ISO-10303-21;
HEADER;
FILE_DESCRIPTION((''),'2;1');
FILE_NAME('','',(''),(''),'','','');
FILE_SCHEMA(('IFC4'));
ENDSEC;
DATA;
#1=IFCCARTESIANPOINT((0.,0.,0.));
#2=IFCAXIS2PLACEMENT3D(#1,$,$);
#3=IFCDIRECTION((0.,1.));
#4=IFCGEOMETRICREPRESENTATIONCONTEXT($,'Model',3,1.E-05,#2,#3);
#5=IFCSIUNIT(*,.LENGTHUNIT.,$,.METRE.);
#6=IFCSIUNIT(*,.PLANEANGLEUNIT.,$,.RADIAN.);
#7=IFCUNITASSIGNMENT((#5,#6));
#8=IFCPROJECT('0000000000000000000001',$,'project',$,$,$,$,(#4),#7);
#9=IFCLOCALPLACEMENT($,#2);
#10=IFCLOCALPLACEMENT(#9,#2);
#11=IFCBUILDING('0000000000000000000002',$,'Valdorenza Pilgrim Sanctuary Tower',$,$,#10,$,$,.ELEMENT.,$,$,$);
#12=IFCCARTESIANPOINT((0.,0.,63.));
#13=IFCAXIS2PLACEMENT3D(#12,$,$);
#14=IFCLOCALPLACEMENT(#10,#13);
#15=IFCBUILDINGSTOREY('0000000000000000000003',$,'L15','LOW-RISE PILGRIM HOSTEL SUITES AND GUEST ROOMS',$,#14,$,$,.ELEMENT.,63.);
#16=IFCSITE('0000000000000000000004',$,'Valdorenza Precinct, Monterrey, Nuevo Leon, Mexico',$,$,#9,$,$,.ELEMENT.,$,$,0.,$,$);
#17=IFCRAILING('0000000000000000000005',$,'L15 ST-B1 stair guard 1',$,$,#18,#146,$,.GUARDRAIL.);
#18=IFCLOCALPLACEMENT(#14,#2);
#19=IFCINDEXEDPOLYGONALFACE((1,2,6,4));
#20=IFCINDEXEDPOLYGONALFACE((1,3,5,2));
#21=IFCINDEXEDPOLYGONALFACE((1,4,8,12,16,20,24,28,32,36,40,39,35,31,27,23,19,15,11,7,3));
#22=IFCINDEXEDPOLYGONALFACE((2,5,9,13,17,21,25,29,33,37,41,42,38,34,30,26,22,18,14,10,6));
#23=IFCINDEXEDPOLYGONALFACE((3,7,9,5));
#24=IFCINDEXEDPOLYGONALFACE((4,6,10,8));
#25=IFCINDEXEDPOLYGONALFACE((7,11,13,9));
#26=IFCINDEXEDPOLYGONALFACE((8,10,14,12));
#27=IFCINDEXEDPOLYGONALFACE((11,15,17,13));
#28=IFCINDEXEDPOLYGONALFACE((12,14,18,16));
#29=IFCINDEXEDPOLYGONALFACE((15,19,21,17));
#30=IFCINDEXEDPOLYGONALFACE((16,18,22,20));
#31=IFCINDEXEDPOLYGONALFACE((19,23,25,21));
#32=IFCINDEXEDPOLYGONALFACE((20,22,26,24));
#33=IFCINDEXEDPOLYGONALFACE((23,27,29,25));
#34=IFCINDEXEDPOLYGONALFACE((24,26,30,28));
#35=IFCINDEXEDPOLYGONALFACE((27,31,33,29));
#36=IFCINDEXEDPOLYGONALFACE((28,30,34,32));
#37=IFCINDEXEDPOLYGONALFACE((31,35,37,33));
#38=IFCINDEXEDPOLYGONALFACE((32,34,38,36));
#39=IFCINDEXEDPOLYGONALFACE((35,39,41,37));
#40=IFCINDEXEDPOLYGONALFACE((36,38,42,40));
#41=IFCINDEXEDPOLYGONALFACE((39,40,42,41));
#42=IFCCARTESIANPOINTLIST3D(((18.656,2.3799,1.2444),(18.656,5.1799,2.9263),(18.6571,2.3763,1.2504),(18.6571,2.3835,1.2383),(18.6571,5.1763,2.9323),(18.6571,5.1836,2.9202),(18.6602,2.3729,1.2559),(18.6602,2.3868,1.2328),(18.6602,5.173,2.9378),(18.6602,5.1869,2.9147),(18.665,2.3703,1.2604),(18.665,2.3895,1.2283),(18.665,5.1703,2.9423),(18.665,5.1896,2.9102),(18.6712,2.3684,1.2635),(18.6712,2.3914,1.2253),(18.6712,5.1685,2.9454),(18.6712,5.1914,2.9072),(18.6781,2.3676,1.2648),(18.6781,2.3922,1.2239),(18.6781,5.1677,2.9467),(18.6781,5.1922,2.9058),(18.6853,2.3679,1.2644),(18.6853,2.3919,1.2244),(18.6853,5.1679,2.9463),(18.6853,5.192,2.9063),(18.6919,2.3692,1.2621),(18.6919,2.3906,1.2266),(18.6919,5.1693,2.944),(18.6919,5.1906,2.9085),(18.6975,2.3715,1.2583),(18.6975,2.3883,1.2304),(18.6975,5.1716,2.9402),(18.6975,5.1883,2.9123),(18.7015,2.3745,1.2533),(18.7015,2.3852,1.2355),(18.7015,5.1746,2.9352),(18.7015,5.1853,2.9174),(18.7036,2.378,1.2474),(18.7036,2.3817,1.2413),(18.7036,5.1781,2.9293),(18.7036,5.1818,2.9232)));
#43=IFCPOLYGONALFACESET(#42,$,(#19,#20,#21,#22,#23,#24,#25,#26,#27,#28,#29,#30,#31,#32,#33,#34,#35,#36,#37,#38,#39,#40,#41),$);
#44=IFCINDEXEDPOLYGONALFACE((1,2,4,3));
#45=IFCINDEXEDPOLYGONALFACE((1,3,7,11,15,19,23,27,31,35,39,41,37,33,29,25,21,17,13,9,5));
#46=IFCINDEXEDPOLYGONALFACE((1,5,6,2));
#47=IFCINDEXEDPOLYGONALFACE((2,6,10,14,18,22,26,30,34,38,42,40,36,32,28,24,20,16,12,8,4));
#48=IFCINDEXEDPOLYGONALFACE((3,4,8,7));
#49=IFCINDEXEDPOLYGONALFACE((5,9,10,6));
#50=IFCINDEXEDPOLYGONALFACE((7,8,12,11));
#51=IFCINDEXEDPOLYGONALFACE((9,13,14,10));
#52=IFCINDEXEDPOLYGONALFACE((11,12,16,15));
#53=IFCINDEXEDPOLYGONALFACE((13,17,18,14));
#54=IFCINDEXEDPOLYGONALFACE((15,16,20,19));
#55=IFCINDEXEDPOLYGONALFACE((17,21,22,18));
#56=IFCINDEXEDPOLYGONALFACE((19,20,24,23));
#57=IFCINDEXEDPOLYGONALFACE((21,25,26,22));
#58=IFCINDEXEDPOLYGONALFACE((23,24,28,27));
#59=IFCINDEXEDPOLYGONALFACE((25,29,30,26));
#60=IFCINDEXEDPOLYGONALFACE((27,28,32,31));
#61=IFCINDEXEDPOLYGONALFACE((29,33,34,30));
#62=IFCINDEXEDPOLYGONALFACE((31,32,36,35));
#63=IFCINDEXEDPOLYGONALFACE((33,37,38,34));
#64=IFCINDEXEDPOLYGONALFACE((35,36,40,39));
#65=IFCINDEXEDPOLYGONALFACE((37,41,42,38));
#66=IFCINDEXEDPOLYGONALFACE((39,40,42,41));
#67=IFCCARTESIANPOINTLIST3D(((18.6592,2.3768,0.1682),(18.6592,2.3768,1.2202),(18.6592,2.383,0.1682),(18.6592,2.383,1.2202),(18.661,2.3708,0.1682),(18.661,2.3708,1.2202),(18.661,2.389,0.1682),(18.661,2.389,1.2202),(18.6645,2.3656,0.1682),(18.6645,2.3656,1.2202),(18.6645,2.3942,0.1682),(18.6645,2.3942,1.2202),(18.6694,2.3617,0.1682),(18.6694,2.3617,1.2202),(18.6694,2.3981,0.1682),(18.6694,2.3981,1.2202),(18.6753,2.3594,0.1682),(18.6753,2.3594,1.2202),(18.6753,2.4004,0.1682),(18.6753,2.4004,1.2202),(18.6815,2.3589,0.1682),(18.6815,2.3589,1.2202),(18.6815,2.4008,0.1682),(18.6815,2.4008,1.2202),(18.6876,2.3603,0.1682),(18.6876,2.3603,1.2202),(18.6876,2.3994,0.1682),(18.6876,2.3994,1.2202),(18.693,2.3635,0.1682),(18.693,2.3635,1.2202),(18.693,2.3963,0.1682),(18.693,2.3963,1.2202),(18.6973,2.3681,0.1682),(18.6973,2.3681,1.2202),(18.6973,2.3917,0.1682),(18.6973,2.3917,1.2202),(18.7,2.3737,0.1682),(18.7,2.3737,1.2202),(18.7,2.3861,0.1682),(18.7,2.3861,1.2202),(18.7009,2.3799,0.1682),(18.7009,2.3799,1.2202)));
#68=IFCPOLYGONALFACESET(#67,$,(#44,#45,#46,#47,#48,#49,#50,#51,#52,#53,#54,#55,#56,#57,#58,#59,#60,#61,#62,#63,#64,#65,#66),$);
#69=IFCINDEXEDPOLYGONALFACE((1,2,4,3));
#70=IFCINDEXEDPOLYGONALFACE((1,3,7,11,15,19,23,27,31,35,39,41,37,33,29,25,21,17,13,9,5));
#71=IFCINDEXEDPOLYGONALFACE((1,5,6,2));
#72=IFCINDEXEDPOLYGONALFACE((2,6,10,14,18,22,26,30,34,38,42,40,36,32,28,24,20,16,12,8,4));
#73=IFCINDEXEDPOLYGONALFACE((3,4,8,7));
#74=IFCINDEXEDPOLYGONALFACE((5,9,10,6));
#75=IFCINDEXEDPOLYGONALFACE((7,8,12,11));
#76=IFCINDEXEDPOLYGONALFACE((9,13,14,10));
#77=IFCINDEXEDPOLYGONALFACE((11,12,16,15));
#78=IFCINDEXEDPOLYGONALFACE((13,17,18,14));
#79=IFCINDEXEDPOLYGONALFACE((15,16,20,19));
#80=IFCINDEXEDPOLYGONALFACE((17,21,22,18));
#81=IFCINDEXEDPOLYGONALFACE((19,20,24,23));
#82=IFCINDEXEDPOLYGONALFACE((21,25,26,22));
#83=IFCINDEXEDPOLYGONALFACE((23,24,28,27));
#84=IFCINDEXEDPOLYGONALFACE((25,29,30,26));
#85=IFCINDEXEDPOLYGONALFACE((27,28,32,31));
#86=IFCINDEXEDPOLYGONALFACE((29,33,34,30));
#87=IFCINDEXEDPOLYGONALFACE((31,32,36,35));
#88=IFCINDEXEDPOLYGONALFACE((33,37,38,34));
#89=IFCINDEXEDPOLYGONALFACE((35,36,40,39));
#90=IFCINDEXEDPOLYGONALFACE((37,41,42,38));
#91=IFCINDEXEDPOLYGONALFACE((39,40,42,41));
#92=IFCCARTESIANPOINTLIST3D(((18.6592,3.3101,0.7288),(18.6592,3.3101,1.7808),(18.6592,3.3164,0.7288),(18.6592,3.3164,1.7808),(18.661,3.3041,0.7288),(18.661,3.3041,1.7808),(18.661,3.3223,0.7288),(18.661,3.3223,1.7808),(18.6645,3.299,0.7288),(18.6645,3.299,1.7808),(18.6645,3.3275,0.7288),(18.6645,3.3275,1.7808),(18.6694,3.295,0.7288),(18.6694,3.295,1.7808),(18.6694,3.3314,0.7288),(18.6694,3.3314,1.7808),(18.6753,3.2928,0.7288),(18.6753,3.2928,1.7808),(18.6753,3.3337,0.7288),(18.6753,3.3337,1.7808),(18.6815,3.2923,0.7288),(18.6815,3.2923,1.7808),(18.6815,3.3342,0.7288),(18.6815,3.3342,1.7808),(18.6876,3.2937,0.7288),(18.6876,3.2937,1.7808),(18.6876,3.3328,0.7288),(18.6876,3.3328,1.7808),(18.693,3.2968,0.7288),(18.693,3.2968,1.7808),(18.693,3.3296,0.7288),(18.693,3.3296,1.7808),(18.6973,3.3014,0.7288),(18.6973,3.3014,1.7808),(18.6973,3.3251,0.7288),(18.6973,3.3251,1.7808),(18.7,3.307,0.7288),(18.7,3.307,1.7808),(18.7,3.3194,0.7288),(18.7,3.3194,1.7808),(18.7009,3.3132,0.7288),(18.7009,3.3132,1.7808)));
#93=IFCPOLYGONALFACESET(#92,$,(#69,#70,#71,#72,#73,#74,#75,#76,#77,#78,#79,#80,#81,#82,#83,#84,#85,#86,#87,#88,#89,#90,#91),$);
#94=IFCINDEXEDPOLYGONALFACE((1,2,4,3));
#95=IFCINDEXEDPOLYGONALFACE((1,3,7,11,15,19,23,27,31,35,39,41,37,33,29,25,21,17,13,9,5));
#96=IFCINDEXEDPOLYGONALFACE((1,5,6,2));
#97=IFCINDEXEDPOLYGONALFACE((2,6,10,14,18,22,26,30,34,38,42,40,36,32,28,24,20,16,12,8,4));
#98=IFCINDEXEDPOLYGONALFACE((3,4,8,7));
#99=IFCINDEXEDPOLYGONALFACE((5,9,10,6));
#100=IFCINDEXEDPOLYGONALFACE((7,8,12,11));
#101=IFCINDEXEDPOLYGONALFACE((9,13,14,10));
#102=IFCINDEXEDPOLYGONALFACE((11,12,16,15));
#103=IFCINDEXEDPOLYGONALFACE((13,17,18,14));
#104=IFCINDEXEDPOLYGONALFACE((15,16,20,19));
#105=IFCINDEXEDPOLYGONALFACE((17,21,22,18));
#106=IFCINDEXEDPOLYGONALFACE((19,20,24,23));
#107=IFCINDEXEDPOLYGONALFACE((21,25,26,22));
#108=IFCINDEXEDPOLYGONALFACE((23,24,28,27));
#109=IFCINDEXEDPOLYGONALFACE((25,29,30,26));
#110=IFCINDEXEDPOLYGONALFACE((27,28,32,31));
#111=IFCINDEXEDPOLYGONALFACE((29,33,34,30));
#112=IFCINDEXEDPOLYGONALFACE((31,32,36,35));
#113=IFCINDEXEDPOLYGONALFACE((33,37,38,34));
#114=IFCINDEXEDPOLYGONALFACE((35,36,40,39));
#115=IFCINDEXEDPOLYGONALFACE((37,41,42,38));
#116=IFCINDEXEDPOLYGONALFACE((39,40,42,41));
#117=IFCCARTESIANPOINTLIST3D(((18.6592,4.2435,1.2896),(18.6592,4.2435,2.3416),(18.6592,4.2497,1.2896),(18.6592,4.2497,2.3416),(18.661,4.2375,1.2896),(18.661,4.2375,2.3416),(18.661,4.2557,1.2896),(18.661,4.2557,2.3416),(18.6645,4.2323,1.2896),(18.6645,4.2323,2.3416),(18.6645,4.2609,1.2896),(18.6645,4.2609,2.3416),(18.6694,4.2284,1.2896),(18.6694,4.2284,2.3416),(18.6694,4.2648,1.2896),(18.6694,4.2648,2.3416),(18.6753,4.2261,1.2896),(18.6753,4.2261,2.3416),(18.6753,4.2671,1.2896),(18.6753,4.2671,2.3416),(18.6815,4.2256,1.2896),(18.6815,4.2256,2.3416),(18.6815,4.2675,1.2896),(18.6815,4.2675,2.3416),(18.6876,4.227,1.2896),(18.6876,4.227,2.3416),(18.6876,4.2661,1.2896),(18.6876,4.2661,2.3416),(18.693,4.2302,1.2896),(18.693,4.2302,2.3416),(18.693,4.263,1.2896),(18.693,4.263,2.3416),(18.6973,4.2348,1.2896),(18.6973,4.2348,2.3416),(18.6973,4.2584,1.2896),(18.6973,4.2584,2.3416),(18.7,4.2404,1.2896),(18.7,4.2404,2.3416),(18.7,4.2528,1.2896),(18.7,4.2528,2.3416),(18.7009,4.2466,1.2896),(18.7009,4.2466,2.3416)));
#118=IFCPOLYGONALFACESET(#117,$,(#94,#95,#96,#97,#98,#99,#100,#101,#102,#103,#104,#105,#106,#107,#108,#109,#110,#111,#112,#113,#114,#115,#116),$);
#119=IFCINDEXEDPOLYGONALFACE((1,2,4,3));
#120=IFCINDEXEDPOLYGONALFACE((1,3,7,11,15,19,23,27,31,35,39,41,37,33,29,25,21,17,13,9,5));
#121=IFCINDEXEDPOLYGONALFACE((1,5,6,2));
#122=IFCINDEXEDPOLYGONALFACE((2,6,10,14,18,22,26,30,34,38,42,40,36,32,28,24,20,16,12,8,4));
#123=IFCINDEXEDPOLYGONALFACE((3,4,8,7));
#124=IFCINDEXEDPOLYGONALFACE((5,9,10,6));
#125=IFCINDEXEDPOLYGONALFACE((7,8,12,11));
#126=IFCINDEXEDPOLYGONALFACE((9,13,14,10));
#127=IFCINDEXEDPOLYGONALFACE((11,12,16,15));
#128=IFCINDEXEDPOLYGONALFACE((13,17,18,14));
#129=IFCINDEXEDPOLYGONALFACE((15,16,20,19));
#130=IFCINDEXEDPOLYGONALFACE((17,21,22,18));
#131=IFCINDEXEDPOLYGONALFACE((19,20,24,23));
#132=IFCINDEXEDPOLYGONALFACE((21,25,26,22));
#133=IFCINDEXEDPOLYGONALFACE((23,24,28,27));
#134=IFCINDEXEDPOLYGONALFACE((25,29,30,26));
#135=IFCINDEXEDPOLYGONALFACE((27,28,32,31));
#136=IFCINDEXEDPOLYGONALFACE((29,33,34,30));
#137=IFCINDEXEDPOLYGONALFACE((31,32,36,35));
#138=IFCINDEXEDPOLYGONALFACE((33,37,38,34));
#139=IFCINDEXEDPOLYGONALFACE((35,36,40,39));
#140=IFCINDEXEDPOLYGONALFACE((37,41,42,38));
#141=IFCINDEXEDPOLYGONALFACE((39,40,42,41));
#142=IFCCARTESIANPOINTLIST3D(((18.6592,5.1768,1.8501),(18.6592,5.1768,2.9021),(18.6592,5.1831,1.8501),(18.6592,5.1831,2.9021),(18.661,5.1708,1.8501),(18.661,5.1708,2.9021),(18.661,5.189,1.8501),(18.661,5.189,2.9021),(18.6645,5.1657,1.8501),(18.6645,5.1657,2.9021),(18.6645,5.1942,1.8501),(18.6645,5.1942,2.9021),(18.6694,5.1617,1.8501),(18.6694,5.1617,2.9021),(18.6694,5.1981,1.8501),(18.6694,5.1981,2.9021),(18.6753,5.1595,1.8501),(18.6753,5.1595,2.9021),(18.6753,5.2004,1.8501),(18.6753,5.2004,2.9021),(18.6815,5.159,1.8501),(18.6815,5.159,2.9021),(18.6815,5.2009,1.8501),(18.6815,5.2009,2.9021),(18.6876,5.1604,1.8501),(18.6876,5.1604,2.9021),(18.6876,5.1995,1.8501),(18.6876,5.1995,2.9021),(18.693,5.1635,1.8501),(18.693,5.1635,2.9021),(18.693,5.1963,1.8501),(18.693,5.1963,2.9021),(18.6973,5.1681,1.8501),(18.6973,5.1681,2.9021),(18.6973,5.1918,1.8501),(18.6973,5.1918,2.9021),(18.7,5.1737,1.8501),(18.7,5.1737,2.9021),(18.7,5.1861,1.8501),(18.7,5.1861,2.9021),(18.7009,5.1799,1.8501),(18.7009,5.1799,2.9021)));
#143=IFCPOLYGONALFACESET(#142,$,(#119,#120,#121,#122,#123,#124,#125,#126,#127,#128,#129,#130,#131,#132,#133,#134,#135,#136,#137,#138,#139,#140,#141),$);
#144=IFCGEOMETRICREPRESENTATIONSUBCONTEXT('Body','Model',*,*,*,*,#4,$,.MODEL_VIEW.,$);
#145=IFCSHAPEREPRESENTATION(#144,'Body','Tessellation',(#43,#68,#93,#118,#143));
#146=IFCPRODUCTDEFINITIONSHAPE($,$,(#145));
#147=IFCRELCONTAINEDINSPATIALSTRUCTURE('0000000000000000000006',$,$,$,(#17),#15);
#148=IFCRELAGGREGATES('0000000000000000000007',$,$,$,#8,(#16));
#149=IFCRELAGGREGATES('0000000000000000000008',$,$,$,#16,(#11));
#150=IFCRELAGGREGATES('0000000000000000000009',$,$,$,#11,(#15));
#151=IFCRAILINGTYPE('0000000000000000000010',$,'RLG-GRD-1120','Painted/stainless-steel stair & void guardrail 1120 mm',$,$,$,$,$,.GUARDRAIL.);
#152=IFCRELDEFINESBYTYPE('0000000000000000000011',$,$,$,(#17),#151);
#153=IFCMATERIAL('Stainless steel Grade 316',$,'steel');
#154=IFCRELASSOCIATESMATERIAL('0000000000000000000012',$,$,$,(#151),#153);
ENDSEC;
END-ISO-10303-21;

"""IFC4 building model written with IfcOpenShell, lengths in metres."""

from ifc_helpers import new_model, si_unit, direction, frame, origin, origin_2d, place, context, subcontext, project, spatial, circle, extrude, material, type_object, element, save


model = new_model("IFC4")

# Units and contexts
model_context = context("Model", 3, precision=1e-05, world=origin(), true_north=direction((0.0, 1.0)))
body_context = subcontext(model_context, "Body", "Model", "MODEL_VIEW")
ifc_project = project(units=[si_unit("LENGTHUNIT", "METRE"), si_unit("PLANEANGLEUNIT", "RADIAN")], contexts=[model_context])

# Site, building, storey
site_placement = place(None, origin())
site = spatial("IfcSite", under=ifc_project, at=site_placement, Name="Valdorenza Precinct, Monterrey, Nuevo Leon, Mexico", CompositionType="ELEMENT", RefElevation=0.0)
building_placement = place(site_placement, origin())
building = spatial("IfcBuilding", under=site, at=building_placement, Name="Valdorenza Pilgrim Sanctuary Tower", CompositionType="ELEMENT")
storey_placement = place(building_placement, frame((0.0, 0.0, 63.0)))
storey = spatial("IfcBuildingStorey", under=building, at=storey_placement, Name="L15", Description="LOW-RISE PILGRIM HOSTEL SUITES AND GUEST ROOMS", CompositionType="ELEMENT", Elevation=63.0)

# Railing
ifc_material_1 = material(Name="Stainless steel Grade 316", Category="steel")
railing_type_1 = type_object("IfcRailingType", Name="RLG-GRD-1120", Description="Painted/stainless-steel stair & void guardrail 1120 mm", PredefinedType="GUARDRAIL", material=ifc_material_1)
railing_1_placement = place(storey_placement, frame((18.6799, 2.3799, 0.1682)))
element("IfcRailing", 1, at=railing_1_placement, inside=storey, type_object=railing_type_1, Name="L15 ST-B1 stair guard 1", PredefinedType="GUARDRAIL", context=body_context, shape_type="SweptSolid", body=[
    extrude(circle(Radius=0.0239, at=origin_2d()), frame((0.0, 0.0, 1.0762), z_axis=(0.0, 0.857242, 0.514913), x_axis=(-1.0, 0.0, 0.0)), (0.0, 0.0, 1.0), 3.2664),
    extrude(circle(Radius=0.021, at=origin_2d()), origin(), (0.0, 0.0, 1.0), 1.052),
    extrude(circle(Radius=0.021, at=origin_2d()), frame((0.0, 0.9333, 0.5605)), (0.0, 0.0, 1.0), 1.052),
    extrude(circle(Radius=0.021, at=origin_2d()), frame((0.0, 1.8667, 1.1213)), (0.0, 0.0, 1.0), 1.052),
    extrude(circle(Radius=0.021, at=origin_2d()), frame((0.0, 2.8, 1.6819)), (0.0, 0.0, 1.0), 1.052),
])

save(model, "model.ifc")
